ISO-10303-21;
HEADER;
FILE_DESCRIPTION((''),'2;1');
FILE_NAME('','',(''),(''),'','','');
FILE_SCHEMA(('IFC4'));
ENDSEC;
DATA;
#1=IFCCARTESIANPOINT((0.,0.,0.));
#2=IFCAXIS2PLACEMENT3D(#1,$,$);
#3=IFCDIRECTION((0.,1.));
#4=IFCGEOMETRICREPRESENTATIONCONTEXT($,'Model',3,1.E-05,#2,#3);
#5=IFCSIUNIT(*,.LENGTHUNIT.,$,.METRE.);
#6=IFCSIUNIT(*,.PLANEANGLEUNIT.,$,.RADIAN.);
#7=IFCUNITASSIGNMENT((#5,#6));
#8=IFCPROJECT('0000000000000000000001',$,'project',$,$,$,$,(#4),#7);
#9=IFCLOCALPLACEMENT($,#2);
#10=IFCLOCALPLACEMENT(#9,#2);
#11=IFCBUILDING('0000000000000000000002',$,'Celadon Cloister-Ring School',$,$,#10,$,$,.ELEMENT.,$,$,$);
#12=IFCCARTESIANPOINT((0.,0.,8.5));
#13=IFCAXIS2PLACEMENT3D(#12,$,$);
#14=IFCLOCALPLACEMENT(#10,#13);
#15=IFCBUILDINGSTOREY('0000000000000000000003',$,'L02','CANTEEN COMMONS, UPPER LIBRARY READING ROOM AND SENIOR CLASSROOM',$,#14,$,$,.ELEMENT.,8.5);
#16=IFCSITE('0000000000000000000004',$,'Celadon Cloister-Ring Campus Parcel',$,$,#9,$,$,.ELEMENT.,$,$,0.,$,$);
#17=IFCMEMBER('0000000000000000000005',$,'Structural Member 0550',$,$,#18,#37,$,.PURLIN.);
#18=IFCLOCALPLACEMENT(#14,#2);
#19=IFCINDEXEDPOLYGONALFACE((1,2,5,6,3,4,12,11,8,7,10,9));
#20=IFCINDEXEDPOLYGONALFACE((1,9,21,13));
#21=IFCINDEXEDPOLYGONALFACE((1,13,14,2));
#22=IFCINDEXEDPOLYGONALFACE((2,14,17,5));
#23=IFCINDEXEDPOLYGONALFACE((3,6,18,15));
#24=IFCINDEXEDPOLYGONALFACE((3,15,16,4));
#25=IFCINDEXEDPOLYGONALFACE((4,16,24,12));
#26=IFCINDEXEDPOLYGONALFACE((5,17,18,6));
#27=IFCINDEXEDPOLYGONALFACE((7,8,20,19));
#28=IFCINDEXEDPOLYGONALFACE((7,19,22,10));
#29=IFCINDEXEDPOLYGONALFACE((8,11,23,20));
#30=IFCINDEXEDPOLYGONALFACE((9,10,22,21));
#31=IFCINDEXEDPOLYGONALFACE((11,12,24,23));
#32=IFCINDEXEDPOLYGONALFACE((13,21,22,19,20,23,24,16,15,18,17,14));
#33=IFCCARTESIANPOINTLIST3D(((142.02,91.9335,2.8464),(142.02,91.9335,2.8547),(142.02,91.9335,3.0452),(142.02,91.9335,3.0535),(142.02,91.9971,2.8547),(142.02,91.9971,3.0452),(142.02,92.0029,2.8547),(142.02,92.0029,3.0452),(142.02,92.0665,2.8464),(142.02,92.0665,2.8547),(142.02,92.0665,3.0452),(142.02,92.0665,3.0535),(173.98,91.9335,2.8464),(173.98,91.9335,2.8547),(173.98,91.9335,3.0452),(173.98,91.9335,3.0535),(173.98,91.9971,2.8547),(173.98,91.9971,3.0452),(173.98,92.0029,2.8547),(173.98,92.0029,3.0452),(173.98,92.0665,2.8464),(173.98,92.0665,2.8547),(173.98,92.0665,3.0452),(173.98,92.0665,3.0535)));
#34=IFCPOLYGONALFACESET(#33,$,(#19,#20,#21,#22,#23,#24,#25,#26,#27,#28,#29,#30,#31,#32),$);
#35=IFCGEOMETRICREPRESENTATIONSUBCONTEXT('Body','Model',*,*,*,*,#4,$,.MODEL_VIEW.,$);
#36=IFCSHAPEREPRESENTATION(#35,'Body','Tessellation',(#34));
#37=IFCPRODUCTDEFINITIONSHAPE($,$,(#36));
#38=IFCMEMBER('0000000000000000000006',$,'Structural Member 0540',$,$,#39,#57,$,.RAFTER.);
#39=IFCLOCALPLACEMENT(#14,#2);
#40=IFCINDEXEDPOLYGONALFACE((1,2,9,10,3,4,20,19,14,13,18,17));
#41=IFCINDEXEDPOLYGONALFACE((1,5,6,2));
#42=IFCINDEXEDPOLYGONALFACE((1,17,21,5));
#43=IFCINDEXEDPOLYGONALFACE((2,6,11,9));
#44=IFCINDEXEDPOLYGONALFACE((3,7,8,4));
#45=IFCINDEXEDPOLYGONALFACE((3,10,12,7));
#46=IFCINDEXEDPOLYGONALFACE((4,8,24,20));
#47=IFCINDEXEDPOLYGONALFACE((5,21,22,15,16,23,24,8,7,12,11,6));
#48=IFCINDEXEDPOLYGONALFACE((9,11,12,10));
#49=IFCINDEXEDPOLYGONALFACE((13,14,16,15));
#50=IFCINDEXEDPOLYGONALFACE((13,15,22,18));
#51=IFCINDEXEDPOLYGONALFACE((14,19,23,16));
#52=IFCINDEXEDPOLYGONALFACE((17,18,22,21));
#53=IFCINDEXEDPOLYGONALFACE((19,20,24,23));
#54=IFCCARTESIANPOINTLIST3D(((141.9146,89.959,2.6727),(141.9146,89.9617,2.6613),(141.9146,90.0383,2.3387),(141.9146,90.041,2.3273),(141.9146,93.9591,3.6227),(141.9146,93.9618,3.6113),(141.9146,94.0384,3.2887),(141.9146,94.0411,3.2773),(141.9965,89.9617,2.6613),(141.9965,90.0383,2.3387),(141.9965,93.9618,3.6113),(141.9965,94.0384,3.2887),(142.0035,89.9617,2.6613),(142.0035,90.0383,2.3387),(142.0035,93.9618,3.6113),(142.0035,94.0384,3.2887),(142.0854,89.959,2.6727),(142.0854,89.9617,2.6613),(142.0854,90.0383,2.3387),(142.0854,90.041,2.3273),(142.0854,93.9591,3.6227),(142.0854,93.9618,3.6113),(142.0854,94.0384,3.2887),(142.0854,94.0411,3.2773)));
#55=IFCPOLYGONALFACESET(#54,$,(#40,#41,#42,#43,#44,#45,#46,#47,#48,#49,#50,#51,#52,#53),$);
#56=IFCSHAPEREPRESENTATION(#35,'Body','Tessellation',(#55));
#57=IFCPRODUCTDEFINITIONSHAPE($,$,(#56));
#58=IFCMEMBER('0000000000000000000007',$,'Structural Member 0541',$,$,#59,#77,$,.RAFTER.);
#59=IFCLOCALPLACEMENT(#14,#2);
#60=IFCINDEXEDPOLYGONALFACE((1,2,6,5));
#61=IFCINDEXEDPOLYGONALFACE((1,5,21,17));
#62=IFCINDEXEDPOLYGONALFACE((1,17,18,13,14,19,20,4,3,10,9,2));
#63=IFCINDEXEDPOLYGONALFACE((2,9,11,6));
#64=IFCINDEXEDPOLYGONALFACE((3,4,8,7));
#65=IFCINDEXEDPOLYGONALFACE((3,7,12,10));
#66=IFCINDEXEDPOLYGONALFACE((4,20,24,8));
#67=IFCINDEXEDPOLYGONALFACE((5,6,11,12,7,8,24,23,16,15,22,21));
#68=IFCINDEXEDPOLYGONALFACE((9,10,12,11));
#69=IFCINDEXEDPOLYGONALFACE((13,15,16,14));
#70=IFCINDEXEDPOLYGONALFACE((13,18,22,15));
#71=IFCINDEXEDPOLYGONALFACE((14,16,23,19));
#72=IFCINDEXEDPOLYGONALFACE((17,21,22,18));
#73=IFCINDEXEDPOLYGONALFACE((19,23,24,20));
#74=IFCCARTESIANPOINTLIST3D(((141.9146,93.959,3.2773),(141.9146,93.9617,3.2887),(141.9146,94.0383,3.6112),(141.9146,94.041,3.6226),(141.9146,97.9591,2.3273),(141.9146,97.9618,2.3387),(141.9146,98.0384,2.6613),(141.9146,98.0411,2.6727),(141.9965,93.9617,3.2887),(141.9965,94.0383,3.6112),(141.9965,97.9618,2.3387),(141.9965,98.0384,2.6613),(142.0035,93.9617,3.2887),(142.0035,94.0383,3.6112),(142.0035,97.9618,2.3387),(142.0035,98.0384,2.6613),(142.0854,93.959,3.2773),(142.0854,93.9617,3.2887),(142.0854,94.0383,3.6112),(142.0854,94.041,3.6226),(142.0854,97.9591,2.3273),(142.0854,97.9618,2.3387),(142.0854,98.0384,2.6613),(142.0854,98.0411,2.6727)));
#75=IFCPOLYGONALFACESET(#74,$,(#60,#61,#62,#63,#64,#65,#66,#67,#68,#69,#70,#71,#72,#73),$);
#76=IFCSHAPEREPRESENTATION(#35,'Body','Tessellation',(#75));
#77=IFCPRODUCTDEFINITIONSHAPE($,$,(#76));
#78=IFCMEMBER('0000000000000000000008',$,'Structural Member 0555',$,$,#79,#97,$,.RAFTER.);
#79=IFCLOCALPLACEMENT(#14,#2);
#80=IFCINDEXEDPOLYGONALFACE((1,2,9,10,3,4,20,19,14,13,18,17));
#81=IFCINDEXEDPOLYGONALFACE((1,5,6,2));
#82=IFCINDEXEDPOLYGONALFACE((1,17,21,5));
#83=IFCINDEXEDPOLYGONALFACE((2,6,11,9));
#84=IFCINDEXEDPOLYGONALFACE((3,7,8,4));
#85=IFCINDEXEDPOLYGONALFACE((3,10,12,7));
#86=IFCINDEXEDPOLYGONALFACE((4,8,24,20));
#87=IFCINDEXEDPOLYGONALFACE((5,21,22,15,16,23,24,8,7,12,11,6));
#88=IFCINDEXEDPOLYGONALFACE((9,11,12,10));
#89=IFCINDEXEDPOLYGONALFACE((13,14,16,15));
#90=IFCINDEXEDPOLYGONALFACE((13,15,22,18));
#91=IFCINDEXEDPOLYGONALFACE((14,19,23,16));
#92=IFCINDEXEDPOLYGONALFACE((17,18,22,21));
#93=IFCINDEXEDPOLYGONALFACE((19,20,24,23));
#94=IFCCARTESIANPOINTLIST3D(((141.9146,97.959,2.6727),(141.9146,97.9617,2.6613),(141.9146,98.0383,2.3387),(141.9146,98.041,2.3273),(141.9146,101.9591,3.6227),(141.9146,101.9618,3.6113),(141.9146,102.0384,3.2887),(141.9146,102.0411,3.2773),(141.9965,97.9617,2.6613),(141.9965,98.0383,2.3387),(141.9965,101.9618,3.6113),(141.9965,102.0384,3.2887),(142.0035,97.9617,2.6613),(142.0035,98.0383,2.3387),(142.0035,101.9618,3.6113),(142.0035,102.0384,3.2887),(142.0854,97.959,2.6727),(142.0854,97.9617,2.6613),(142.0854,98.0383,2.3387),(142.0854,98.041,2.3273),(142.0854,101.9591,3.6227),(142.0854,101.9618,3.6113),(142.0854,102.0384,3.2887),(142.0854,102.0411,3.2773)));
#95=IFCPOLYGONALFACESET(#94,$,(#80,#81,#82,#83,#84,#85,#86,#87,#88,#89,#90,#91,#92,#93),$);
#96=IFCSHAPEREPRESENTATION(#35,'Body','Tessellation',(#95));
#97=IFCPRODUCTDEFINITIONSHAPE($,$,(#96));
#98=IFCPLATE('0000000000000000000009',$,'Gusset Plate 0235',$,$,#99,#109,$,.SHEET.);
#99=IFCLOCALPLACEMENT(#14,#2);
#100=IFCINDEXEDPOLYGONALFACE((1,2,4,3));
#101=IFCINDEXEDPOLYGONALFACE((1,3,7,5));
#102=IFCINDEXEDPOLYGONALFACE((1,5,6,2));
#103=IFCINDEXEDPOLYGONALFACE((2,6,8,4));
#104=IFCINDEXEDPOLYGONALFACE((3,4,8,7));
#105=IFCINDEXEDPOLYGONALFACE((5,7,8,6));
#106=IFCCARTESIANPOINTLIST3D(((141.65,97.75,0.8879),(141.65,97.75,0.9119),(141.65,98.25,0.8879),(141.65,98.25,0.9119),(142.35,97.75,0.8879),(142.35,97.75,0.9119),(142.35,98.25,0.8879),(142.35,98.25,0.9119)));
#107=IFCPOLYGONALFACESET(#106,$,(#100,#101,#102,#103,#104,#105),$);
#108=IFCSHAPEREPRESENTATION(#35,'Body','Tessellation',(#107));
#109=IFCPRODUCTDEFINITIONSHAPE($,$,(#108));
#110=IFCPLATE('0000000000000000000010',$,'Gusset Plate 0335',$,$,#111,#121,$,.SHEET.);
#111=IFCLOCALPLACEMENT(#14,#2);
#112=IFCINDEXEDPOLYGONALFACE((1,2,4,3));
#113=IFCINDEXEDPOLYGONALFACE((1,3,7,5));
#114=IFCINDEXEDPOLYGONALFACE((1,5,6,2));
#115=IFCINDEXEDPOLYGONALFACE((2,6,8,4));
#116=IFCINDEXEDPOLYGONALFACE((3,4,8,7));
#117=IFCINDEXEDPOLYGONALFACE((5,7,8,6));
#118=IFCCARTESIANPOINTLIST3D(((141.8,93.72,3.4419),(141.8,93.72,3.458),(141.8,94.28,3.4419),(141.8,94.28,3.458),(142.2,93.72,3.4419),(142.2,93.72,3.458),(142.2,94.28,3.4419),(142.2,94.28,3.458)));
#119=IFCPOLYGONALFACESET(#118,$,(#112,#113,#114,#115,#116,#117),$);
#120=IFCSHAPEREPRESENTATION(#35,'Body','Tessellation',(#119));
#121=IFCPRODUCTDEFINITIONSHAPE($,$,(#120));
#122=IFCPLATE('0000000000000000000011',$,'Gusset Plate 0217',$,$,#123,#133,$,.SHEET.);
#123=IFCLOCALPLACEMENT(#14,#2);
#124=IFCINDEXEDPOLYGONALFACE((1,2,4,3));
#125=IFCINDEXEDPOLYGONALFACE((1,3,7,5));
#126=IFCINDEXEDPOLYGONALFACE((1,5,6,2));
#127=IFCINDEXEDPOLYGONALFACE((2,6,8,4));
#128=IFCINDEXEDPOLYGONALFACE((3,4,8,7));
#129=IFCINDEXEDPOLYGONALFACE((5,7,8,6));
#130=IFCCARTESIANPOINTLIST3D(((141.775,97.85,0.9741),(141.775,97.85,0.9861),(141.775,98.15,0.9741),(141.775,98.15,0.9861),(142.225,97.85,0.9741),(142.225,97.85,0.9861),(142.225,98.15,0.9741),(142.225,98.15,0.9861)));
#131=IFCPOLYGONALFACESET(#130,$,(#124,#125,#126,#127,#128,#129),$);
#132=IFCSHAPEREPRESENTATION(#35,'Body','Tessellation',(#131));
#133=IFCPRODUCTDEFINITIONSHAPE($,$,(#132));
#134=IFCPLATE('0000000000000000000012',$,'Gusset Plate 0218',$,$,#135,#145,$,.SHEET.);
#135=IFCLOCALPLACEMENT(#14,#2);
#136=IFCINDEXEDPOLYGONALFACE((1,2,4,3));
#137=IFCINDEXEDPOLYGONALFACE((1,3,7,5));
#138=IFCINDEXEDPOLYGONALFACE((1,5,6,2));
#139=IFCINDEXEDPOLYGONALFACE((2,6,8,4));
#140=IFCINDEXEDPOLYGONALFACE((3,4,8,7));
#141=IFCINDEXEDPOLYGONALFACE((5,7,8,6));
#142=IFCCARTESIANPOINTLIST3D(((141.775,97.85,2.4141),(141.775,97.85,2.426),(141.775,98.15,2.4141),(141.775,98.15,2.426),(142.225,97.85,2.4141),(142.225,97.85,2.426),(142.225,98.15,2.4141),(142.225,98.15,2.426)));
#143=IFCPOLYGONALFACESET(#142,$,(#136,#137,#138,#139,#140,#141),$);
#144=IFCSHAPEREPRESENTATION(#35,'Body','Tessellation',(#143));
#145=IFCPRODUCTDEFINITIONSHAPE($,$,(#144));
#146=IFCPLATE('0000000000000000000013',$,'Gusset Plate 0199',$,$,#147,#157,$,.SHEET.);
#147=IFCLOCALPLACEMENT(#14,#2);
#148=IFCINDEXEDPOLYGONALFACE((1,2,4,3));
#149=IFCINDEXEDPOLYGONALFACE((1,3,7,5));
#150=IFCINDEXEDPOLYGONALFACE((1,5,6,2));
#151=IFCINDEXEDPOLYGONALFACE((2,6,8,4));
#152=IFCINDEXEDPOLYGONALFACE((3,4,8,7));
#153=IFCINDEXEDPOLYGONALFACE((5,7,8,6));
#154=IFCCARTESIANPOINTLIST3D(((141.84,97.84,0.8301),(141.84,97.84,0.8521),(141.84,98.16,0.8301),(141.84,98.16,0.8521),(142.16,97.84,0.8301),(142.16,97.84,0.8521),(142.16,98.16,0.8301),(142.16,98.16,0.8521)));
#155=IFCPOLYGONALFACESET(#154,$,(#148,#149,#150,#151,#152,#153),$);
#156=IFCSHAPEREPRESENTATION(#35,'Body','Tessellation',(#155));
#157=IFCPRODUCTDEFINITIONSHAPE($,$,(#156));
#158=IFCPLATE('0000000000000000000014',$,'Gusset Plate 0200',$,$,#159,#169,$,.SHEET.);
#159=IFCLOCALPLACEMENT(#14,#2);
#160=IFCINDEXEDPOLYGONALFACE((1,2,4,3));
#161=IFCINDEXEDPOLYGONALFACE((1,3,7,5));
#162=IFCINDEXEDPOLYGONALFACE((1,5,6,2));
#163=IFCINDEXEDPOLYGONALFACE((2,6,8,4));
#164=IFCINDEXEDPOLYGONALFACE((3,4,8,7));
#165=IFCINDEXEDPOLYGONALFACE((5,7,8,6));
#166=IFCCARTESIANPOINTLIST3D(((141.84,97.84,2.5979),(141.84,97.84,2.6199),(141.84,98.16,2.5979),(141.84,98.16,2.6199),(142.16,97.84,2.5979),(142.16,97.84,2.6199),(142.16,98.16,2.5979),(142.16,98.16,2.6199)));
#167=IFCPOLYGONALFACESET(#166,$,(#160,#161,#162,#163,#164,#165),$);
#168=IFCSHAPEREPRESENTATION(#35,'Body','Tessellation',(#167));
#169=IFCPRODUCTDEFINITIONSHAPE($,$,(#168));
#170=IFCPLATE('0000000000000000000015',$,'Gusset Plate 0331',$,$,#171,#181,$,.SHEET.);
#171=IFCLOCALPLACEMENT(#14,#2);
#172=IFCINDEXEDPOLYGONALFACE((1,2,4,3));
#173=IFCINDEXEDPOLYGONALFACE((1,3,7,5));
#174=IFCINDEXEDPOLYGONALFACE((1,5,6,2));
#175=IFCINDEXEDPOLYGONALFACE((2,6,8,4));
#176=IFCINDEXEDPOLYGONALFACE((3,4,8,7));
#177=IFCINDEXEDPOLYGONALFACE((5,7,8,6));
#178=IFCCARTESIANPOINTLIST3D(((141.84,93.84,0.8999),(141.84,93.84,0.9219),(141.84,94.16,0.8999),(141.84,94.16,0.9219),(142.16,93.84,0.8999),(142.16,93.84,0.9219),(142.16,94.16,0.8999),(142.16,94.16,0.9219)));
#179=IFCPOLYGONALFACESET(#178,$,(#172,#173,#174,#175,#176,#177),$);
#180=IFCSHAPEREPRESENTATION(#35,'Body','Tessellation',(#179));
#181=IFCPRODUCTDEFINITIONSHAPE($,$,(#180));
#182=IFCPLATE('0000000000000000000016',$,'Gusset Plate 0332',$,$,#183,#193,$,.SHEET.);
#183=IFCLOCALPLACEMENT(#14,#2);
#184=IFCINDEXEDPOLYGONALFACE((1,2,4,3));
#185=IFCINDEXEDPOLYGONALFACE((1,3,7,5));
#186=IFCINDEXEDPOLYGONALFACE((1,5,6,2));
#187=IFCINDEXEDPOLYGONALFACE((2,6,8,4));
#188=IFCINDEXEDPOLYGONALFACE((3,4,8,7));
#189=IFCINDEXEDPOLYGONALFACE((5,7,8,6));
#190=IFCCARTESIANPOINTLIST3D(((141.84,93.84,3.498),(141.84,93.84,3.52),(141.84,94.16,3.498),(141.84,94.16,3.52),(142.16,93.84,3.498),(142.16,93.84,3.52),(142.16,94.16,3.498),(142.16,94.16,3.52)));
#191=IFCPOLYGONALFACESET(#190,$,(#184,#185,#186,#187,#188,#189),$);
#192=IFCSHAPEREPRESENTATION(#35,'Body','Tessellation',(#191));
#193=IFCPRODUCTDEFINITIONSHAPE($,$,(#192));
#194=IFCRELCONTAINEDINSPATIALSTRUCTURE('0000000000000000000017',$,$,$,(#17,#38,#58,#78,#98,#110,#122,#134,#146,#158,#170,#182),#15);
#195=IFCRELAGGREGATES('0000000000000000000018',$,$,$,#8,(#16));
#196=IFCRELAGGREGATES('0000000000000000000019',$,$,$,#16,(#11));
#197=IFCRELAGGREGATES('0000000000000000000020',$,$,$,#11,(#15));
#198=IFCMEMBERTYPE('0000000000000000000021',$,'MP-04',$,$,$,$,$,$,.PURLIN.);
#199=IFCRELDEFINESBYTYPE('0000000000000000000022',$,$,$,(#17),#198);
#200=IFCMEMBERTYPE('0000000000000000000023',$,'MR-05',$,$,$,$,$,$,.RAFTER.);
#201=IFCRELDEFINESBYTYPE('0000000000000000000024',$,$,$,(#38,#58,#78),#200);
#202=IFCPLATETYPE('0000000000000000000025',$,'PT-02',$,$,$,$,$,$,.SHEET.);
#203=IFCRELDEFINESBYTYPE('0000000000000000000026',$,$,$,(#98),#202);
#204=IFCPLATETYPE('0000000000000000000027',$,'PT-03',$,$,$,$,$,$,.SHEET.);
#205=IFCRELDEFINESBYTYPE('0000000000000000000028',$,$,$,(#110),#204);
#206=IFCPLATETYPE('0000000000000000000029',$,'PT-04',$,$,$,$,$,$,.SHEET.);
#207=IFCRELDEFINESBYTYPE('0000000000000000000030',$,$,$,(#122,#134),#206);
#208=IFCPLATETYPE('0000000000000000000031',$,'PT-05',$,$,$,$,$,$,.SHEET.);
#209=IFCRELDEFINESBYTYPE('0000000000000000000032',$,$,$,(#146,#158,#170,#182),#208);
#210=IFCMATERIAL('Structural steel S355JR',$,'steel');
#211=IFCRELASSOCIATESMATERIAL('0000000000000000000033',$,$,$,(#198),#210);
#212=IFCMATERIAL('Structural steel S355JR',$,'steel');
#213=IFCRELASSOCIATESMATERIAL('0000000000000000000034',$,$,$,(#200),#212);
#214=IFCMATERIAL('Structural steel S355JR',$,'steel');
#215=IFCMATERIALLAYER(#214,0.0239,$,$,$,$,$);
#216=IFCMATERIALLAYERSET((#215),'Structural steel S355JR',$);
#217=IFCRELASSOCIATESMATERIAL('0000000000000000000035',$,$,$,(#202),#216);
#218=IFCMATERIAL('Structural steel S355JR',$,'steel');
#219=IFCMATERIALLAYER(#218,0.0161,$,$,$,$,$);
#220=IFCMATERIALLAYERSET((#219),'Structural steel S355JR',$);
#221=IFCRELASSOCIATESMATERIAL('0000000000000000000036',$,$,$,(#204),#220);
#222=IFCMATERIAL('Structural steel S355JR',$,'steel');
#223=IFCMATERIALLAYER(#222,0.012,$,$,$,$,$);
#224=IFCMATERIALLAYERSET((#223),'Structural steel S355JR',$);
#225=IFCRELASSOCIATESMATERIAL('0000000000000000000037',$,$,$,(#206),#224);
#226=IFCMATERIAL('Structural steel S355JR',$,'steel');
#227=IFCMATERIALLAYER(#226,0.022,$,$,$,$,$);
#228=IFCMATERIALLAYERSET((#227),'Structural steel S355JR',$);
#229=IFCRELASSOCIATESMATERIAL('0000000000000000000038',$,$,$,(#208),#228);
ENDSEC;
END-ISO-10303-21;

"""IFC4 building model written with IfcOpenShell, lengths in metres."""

from ifc_helpers import new_model, si_unit, direction, frame, origin, origin_2d, place, context, subcontext, project, spatial, rectangle, i_section, extrude, material, layer, layer_set, material_profile, profile_set, type_object, element, save


model = new_model("IFC4")

# Units and contexts
model_context = context("Model", 3, precision=1e-05, world=origin(), true_north=direction((0.0, 1.0)))
body_context = subcontext(model_context, "Body", "Model", "MODEL_VIEW")
ifc_project = project(units=[si_unit("LENGTHUNIT", "METRE"), si_unit("PLANEANGLEUNIT", "RADIAN")], contexts=[model_context])

# Site, building, storey
site_placement = place(None, origin())
site = spatial("IfcSite", under=ifc_project, at=site_placement, Name="Celadon Cloister-Ring Campus Parcel", CompositionType="ELEMENT", RefElevation=0.0)
building_placement = place(site_placement, origin())
building = spatial("IfcBuilding", under=site, at=building_placement, Name="Celadon Cloister-Ring School", CompositionType="ELEMENT")
storey_placement = place(building_placement, frame((0.0, 0.0, 8.5)))
storey = spatial("IfcBuildingStorey", under=building, at=storey_placement, Name="L02", Description="CANTEEN COMMONS, UPPER LIBRARY READING ROOM AND SENIOR CLASSROOM", CompositionType="ELEMENT", Elevation=8.5)

# Members
ifc_material_1 = material(Name="Structural steel S355JR", Category="steel")
ifc_material_profile_1 = material_profile(ifc_material_1, i_section(OverallWidth=0.1331, OverallDepth=0.207, WebThickness=0.0059, FlangeThickness=0.0083, at=origin_2d()), Name="W200X27")
ifc_profile_set_1 = profile_set([ifc_material_profile_1], Name="Structural steel S355JR")
member_type_1 = type_object("IfcMemberType", Name="MP-04", PredefinedType="PURLIN", material=ifc_profile_set_1)
member_1_placement = place(storey_placement, frame((142.02, 92.0, 2.95), z_axis=(1.0, 0.0, 0.0), x_axis=(0.0, 1.0, 0.0)))
element("IfcMember", 1, at=member_1_placement, inside=storey, type_object=member_type_1, Name="Structural Member 0550", PredefinedType="PURLIN", context=body_context, shape_type="SweptSolid", body=[
    extrude(i_section(OverallWidth=0.1331, OverallDepth=0.207, WebThickness=0.0059, FlangeThickness=0.0083, at=origin_2d()), origin(), (0.0, 0.0, 1.0), 31.96),
])
ifc_material_2 = material(Name="Structural steel S355JR", Category="steel")
ifc_material_profile_2 = material_profile(ifc_material_2, i_section(OverallWidth=0.1709, OverallDepth=0.355, WebThickness=0.0071, FlangeThickness=0.0117, at=origin_2d()), Name="W360X51")
ifc_profile_set_2 = profile_set([ifc_material_profile_2], Name="Structural steel S355JR")
member_type_2 = type_object("IfcMemberType", Name="MR-05", PredefinedType="RAFTER", material=ifc_profile_set_2)
for number, where, z_axis, x_axis, name in (
    (2, (142.0, 90.0, 2.5), (0.0, 0.972939, 0.231061), (-1.0, 0.0, 0.0), "Structural Member 0540"),
    (3, (142.0, 94.0, 3.45), (0.0, 0.972939, -0.231061), (-1.0, 0.0, 0.0), "Structural Member 0541"),
    (4, (142.0, 98.0, 2.5), (0.0, 0.972939, 0.231061), (-1.0, 0.0, 0.0), "Structural Member 0555"),
):
    element("IfcMember", number, at=place(storey_placement, frame(where, z_axis=z_axis, x_axis=x_axis)), inside=storey, type_object=member_type_2, Name=name, PredefinedType="RAFTER", context=body_context, shape_type="SweptSolid", body=[
        extrude(i_section(OverallWidth=0.1709, OverallDepth=0.355, WebThickness=0.0071, FlangeThickness=0.0117, at=origin_2d()), origin(), (0.0, 0.0, 1.0), 4.1113),
    ])

# Plates
ifc_material_3 = material(Name="Structural steel S355JR", Category="steel")
ifc_layer_1 = layer(ifc_material_3, 0.0239)
ifc_layer_set_1 = layer_set([ifc_layer_1], Name="Structural steel S355JR")
plate_type_1 = type_object("IfcPlateType", Name="PT-02", PredefinedType="SHEET", material=ifc_layer_set_1)
plate_1_placement = place(storey_placement, frame((142.0, 98.0, 0.8879), z_axis=(0.0, 0.0, 1.0), x_axis=(1.0, 0.0, 0.0)))
element("IfcPlate", 5, at=plate_1_placement, inside=storey, type_object=plate_type_1, Name="Gusset Plate 0235", PredefinedType="SHEET", context=body_context, shape_type="SweptSolid", body=[
    extrude(rectangle(XDim=0.7, YDim=0.5, at=origin_2d()), origin(), (0.0, 0.0, 1.0), 0.0239),
])
ifc_material_4 = material(Name="Structural steel S355JR", Category="steel")
ifc_layer_2 = layer(ifc_material_4, 0.0161)
ifc_layer_set_2 = layer_set([ifc_layer_2], Name="Structural steel S355JR")
plate_type_2 = type_object("IfcPlateType", Name="PT-03", PredefinedType="SHEET", material=ifc_layer_set_2)
plate_2_placement = place(storey_placement, frame((142.0, 94.0, 3.4419), z_axis=(0.0, 0.0, 1.0), x_axis=(0.0, 1.0, 0.0)))
element("IfcPlate", 6, at=plate_2_placement, inside=storey, type_object=plate_type_2, Name="Gusset Plate 0335", PredefinedType="SHEET", context=body_context, shape_type="SweptSolid", body=[
    extrude(rectangle(XDim=0.5601, YDim=0.3999, at=origin_2d()), origin(), (0.0, 0.0, 1.0), 0.0161),
])
ifc_material_5 = material(Name="Structural steel S355JR", Category="steel")
ifc_layer_3 = layer(ifc_material_5, 0.012)
ifc_layer_set_3 = layer_set([ifc_layer_3], Name="Structural steel S355JR")
plate_type_3 = type_object("IfcPlateType", Name="PT-04", PredefinedType="SHEET", material=ifc_layer_set_3)
for number, where, z_axis, x_axis, name in (
    (7, (142.0, 98.0, 0.9741), (0.0, 0.0, 1.0), (1.0, 0.0, 0.0), "Gusset Plate 0217"),
    (8, (142.0, 98.0, 2.4141), (0.0, 0.0, 1.0), (1.0, 0.0, 0.0), "Gusset Plate 0218"),
):
    element("IfcPlate", number, at=place(storey_placement, frame(where, z_axis=z_axis, x_axis=x_axis)), inside=storey, type_object=plate_type_3, Name=name, PredefinedType="SHEET", context=body_context, shape_type="SweptSolid", body=[
        extrude(rectangle(XDim=0.45, YDim=0.3, at=origin_2d()), origin(), (0.0, 0.0, 1.0), 0.012),
    ])
ifc_material_6 = material(Name="Structural steel S355JR", Category="steel")
ifc_layer_4 = layer(ifc_material_6, 0.022)
ifc_layer_set_4 = layer_set([ifc_layer_4], Name="Structural steel S355JR")
plate_type_4 = type_object("IfcPlateType", Name="PT-05", PredefinedType="SHEET", material=ifc_layer_set_4)
for number, where, z_axis, x_axis, name in (
    (9, (142.0, 98.0, 0.8301), (0.0, 0.0, 1.0), (1.0, 0.0, 0.0), "Gusset Plate 0199"),
    (10, (142.0, 98.0, 2.5979), (0.0, 0.0, 1.0), (1.0, 0.0, 0.0), "Gusset Plate 0200"),
    (11, (142.0, 94.0, 0.8999), (0.0, 0.0, 1.0), (1.0, 0.0, 0.0), "Gusset Plate 0331"),
    (12, (142.0, 94.0, 3.498), (0.0, 0.0, 1.0), (1.0, 0.0, 0.0), "Gusset Plate 0332"),
):
    element("IfcPlate", number, at=place(storey_placement, frame(where, z_axis=z_axis, x_axis=x_axis)), inside=storey, type_object=plate_type_4, Name=name, PredefinedType="SHEET", context=body_context, shape_type="SweptSolid", body=[
        extrude(rectangle(XDim=0.3201, YDim=0.3201, at=origin_2d()), origin(), (0.0, 0.0, 1.0), 0.022),
    ])

save(model, "model.ifc")
